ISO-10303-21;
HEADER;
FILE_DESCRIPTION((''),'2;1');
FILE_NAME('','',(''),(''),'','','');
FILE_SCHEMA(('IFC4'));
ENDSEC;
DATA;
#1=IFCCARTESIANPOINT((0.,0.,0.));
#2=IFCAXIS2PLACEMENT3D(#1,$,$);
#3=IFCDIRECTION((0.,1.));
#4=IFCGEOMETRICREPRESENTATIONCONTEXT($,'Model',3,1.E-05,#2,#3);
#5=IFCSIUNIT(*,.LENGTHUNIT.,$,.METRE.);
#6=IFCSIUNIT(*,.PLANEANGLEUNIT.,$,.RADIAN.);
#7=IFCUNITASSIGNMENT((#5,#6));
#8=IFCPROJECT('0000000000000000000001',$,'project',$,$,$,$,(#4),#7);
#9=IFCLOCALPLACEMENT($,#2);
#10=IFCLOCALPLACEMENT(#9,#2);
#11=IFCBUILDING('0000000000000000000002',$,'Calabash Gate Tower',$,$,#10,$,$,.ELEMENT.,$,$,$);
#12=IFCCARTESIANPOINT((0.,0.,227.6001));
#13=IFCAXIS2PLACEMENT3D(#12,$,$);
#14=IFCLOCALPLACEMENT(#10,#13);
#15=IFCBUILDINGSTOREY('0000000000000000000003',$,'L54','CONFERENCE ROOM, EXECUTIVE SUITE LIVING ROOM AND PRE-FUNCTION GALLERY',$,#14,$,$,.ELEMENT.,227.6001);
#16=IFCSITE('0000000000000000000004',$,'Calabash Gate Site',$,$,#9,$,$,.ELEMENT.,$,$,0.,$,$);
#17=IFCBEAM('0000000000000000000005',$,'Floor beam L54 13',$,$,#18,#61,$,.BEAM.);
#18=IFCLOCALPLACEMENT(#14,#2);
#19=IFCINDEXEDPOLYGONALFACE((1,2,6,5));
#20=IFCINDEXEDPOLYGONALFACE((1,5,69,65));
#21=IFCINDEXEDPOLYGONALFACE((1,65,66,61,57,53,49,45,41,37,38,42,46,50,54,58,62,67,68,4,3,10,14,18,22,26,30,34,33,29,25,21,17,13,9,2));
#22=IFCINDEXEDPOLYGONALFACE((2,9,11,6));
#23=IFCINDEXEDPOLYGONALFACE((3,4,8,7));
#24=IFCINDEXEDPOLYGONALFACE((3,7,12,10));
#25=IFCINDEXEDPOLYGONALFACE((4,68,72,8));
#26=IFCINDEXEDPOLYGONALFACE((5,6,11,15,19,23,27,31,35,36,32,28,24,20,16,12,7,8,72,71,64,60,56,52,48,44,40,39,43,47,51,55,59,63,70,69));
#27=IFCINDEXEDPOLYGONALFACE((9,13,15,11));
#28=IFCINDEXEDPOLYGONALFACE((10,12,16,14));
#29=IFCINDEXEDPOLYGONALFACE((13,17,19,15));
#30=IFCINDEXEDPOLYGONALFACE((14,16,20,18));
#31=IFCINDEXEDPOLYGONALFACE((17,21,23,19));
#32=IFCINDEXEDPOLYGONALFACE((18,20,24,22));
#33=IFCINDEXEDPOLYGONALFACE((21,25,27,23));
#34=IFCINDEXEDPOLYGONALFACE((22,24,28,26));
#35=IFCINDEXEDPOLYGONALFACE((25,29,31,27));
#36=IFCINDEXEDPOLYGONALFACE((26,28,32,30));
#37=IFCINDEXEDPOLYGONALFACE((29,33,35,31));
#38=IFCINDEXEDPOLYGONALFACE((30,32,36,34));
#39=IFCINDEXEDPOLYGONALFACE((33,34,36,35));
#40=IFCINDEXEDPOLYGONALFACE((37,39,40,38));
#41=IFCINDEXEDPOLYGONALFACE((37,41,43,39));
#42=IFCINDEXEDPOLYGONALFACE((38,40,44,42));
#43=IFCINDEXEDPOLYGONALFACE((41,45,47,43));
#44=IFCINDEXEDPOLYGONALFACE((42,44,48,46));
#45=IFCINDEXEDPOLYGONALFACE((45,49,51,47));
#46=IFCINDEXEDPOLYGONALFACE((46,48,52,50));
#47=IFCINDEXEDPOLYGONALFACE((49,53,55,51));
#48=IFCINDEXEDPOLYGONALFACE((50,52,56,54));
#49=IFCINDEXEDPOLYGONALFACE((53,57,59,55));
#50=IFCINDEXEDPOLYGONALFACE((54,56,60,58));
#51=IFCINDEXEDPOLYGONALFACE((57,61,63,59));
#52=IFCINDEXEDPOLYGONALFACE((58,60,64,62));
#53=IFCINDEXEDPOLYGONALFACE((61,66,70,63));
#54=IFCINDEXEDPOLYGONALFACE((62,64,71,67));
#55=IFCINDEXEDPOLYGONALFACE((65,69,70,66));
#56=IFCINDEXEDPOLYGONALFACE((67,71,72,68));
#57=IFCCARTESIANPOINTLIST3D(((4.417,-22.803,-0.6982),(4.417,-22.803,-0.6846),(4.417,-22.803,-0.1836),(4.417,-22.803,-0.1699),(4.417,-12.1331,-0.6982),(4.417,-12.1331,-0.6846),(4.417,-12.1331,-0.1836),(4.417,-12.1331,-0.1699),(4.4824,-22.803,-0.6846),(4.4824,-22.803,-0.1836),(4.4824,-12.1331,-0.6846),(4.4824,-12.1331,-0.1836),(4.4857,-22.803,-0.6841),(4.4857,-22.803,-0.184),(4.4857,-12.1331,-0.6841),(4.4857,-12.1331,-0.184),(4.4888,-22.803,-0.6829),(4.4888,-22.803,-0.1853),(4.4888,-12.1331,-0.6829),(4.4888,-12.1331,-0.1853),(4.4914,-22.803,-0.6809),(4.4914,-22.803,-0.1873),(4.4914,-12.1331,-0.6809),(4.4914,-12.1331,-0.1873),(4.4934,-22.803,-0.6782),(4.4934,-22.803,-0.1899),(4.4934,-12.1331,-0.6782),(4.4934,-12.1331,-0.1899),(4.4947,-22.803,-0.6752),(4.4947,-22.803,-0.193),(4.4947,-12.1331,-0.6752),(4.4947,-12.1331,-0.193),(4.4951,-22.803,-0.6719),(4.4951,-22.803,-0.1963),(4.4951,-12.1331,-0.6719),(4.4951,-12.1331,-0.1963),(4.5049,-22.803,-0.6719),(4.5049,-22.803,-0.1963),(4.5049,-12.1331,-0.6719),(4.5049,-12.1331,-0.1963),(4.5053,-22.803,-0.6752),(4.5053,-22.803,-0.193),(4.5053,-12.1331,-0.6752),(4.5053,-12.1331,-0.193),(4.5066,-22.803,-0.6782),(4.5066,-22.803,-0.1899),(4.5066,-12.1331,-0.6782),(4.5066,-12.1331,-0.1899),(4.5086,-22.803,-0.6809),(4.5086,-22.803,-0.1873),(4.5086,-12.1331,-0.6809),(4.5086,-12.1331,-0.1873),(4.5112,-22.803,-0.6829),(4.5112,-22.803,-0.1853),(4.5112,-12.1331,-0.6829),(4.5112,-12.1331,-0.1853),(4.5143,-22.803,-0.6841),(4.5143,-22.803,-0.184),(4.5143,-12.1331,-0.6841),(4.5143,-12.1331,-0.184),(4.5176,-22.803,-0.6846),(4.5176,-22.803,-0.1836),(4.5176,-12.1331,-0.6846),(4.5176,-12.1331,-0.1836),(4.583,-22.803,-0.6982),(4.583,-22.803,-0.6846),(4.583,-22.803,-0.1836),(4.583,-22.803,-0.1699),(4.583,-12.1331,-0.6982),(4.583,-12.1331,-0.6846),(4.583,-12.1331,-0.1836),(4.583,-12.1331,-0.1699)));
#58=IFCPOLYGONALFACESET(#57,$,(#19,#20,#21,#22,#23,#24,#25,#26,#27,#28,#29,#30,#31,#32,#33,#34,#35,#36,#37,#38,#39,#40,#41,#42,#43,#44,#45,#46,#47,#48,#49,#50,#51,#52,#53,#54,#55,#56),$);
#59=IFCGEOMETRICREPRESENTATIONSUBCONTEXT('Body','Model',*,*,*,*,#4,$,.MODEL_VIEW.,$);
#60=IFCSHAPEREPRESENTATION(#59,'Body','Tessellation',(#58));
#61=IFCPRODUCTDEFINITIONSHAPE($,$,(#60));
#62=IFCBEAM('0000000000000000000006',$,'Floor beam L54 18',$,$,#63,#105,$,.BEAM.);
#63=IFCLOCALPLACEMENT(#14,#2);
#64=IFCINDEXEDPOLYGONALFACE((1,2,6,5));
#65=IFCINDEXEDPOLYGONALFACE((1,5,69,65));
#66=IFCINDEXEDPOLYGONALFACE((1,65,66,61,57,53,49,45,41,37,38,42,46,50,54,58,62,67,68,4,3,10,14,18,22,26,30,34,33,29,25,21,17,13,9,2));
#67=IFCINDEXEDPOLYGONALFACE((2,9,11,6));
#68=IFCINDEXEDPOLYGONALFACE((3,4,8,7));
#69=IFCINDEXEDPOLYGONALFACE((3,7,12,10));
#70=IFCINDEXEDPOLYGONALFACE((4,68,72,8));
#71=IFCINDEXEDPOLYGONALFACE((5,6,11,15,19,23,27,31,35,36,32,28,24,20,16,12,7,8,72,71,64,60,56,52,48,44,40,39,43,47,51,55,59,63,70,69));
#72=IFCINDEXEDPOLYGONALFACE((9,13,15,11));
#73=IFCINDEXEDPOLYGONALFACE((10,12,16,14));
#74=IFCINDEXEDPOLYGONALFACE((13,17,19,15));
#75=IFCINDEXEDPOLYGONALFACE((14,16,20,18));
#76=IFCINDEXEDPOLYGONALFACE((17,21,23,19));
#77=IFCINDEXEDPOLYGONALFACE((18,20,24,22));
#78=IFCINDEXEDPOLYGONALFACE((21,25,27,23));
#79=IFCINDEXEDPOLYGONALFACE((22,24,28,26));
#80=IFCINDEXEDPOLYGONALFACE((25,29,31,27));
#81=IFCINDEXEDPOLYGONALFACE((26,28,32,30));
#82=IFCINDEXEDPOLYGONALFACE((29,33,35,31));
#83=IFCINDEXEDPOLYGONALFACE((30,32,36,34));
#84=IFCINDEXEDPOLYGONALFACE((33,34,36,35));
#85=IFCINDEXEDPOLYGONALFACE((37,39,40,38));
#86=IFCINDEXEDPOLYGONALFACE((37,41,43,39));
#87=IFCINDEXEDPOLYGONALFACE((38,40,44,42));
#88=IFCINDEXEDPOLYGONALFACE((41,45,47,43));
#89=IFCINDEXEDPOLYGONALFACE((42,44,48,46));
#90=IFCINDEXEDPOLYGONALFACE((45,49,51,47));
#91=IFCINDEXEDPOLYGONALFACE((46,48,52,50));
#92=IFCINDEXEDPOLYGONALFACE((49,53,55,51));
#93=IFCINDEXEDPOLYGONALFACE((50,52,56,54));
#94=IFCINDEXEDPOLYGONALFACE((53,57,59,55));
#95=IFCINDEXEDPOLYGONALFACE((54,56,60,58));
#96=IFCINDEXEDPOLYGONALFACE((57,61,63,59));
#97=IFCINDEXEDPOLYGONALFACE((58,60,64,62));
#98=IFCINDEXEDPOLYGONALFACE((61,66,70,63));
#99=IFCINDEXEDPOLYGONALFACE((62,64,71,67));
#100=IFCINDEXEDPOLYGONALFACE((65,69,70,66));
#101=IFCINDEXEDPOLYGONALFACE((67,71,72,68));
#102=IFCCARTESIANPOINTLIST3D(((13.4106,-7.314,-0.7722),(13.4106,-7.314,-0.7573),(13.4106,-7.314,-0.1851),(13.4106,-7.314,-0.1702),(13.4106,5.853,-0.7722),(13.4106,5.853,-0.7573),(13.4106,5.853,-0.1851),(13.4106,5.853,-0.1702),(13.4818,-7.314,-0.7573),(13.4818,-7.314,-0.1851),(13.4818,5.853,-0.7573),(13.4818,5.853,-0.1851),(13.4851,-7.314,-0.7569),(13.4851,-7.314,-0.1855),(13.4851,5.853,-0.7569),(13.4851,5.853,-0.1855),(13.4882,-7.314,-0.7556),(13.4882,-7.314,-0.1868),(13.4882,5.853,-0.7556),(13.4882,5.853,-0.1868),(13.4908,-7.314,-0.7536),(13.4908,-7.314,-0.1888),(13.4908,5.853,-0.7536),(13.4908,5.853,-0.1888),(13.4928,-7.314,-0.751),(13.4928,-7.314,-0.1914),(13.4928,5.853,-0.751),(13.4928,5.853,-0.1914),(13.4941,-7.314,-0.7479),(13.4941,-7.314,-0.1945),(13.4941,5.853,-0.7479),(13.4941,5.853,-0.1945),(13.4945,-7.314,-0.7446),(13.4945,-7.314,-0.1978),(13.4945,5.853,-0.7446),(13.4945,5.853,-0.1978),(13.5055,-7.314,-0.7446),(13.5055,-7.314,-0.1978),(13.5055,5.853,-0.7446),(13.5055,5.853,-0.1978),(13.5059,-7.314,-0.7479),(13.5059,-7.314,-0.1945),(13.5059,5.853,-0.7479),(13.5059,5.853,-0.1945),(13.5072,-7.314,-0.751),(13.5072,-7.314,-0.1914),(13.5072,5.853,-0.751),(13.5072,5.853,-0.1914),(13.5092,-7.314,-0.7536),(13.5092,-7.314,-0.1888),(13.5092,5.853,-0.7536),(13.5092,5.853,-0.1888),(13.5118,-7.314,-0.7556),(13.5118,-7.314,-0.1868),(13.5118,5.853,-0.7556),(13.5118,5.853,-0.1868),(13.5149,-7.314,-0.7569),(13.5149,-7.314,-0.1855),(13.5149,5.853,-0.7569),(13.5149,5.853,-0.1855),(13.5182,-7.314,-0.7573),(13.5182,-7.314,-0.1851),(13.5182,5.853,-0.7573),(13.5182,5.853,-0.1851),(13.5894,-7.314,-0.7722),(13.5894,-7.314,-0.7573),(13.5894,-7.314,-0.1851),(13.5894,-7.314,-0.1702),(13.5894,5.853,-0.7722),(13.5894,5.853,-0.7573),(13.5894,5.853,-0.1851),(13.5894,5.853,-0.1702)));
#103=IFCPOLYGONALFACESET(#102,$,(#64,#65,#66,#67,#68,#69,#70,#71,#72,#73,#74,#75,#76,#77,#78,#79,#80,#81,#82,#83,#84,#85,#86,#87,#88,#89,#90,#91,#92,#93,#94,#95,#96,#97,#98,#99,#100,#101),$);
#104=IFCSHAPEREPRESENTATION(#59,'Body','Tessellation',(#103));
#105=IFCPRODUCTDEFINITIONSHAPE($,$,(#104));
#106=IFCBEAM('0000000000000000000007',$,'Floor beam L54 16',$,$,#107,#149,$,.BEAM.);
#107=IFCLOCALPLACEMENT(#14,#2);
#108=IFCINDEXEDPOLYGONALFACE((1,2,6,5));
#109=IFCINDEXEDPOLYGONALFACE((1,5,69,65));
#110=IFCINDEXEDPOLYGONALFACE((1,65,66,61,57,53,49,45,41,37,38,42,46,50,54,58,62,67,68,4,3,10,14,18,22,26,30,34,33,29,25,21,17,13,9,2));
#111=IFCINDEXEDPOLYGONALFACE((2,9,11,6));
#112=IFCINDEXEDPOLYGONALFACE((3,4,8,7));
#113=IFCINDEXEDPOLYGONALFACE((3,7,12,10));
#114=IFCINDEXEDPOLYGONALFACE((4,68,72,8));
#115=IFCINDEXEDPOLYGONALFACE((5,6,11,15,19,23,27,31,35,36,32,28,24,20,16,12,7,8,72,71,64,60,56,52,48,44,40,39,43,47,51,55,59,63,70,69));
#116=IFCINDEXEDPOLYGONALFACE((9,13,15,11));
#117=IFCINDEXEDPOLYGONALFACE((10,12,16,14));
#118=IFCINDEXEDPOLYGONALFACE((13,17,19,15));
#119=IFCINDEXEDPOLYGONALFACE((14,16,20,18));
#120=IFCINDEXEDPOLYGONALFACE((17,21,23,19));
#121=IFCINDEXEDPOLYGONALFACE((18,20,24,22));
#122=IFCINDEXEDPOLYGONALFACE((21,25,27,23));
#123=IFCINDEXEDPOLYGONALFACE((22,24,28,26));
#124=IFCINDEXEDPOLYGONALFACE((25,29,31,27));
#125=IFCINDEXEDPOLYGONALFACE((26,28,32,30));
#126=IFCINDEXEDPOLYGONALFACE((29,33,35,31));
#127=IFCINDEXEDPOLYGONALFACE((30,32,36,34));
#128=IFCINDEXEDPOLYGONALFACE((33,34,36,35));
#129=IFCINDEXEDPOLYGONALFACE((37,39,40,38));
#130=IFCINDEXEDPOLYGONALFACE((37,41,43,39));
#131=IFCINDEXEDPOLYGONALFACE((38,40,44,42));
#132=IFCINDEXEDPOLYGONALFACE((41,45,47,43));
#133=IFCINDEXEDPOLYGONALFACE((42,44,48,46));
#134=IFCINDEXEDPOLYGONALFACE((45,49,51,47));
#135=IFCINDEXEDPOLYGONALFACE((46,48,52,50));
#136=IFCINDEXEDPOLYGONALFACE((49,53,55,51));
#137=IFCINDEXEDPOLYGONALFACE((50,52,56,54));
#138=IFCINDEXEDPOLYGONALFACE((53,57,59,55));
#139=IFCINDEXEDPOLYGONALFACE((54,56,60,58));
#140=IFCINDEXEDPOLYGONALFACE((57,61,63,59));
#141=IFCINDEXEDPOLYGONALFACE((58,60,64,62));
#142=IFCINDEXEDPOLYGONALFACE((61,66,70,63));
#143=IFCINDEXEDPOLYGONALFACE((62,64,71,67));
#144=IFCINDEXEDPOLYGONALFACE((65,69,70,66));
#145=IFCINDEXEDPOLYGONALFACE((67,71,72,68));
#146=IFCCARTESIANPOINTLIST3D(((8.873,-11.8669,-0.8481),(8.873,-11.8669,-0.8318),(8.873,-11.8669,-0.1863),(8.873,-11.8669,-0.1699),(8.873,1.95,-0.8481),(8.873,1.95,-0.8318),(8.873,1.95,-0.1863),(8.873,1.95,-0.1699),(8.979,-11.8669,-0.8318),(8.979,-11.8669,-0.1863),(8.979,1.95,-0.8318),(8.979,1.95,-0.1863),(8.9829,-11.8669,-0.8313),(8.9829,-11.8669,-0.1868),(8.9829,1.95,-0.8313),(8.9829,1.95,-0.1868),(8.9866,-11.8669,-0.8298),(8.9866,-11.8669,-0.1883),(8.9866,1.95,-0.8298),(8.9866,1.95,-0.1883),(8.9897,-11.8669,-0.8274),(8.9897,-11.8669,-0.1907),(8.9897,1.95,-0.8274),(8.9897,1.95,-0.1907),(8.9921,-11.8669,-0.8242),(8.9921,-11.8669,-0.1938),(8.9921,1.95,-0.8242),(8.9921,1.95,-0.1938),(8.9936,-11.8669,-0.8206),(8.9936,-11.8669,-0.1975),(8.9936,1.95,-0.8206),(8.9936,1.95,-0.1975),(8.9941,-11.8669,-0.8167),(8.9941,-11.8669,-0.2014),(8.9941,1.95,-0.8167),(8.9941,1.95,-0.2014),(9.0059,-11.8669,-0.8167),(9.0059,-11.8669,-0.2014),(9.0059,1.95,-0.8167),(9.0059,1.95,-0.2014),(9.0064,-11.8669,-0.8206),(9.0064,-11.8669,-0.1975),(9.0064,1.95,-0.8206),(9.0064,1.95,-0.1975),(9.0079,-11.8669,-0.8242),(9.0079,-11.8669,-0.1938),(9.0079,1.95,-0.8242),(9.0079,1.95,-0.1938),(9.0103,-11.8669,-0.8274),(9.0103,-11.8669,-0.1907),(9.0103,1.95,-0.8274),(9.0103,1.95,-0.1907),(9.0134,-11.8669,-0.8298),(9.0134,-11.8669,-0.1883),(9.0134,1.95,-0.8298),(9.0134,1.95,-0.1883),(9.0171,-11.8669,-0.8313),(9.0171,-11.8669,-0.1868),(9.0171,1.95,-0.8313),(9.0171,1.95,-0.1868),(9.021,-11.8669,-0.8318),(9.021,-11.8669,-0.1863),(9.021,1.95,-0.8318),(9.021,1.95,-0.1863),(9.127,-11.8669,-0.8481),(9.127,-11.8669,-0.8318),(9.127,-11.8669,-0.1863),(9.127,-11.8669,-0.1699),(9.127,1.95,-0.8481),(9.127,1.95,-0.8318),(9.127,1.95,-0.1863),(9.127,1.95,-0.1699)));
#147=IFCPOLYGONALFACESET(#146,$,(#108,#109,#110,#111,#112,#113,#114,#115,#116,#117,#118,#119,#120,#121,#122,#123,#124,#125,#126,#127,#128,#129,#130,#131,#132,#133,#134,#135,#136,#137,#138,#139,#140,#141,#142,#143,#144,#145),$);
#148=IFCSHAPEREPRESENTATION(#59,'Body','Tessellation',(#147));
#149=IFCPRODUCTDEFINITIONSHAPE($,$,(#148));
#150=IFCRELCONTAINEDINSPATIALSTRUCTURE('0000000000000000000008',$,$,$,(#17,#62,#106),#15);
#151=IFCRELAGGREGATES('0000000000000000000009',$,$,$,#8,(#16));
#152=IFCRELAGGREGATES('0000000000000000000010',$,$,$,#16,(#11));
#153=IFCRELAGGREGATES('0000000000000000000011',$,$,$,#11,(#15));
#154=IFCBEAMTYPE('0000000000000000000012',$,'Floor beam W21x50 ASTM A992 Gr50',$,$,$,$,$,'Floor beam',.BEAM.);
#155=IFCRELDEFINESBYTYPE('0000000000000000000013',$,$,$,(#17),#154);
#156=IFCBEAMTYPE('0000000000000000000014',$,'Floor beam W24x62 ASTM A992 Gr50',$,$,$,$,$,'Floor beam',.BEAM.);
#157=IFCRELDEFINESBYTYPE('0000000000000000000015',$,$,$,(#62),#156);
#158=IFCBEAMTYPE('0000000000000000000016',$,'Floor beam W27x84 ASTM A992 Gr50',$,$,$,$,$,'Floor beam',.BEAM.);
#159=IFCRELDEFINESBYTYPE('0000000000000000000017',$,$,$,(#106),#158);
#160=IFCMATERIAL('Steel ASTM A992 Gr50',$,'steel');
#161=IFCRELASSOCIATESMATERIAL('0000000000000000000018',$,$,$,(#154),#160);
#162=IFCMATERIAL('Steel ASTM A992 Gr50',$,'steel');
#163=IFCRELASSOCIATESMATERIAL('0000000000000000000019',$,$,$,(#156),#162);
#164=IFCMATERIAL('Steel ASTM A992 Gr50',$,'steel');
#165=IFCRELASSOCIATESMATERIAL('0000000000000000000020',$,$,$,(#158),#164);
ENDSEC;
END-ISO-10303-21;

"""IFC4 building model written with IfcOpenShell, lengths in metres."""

from ifc_helpers import new_model, si_unit, direction, frame, origin, origin_2d, place, context, subcontext, project, spatial, i_section, extrude, material, material_profile, profile_set, type_object, element, save


model = new_model("IFC4")

# Units and contexts
model_context = context("Model", 3, precision=1e-05, world=origin(), true_north=direction((0.0, 1.0)))
body_context = subcontext(model_context, "Body", "Model", "MODEL_VIEW")
ifc_project = project(units=[si_unit("LENGTHUNIT", "METRE"), si_unit("PLANEANGLEUNIT", "RADIAN")], contexts=[model_context])

# Site, building, storey
site_placement = place(None, origin())
site = spatial("IfcSite", under=ifc_project, at=site_placement, Name="Calabash Gate Site", CompositionType="ELEMENT", RefElevation=0.0)
building_placement = place(site_placement, origin())
building = spatial("IfcBuilding", under=site, at=building_placement, Name="Calabash Gate Tower", CompositionType="ELEMENT")
storey_placement = place(building_placement, frame((0.0, 0.0, 227.6001)))
storey = spatial("IfcBuildingStorey", under=building, at=storey_placement, Name="L54", Description="CONFERENCE ROOM, EXECUTIVE SUITE LIVING ROOM AND PRE-FUNCTION GALLERY", CompositionType="ELEMENT", Elevation=227.6001)

# Beams
ifc_material_1 = material(Name="Steel ASTM A992 Gr50", Category="steel")
ifc_material_profile_1 = material_profile(ifc_material_1, i_section(OverallWidth=0.166, OverallDepth=0.5283, WebThickness=0.0098, FlangeThickness=0.0137, FilletRadius=0.0127, at=origin_2d()))
ifc_profile_set_1 = profile_set([ifc_material_profile_1], Name="Steel ASTM A992 Gr50")
beam_type_1 = type_object("IfcBeamType", Name="Floor beam W21x50 ASTM A992 Gr50", ElementType="Floor beam", PredefinedType="BEAM", material=ifc_profile_set_1)
beam_1_placement = place(storey_placement, frame((4.5, -22.803, -0.4341), z_axis=(0.0, 1.0, 0.0), x_axis=(-1.0, 0.0, 0.0)))
element("IfcBeam", 1, at=beam_1_placement, inside=storey, type_object=beam_type_1, Name="Floor beam L54 13", PredefinedType="BEAM", context=body_context, shape_type="SweptSolid", body=[
    extrude(i_section(OverallWidth=0.166, OverallDepth=0.5283, WebThickness=0.0098, FlangeThickness=0.0137, FilletRadius=0.0127, at=origin_2d()), origin(), (0.0, 0.0, 1.0), 10.6699),
])
ifc_material_2 = material(Name="Steel ASTM A992 Gr50", Category="steel")
ifc_material_profile_2 = material_profile(ifc_material_2, i_section(OverallWidth=0.1787, OverallDepth=0.6021, WebThickness=0.011, FlangeThickness=0.0149, FilletRadius=0.0127, at=origin_2d()))
ifc_profile_set_2 = profile_set([ifc_material_profile_2], Name="Steel ASTM A992 Gr50")
beam_type_2 = type_object("IfcBeamType", Name="Floor beam W24x62 ASTM A992 Gr50", ElementType="Floor beam", PredefinedType="BEAM", material=ifc_profile_set_2)
beam_2_placement = place(storey_placement, frame((13.5, -7.314, -0.4712), z_axis=(0.0, 1.0, 0.0), x_axis=(-1.0, 0.0, 0.0)))
element("IfcBeam", 2, at=beam_2_placement, inside=storey, type_object=beam_type_2, Name="Floor beam L54 18", PredefinedType="BEAM", context=body_context, shape_type="SweptSolid", body=[
    extrude(i_section(OverallWidth=0.1787, OverallDepth=0.6021, WebThickness=0.011, FlangeThickness=0.0149, FilletRadius=0.0127, at=origin_2d()), origin(), (0.0, 0.0, 1.0), 13.167),
])
ifc_material_3 = material(Name="Steel ASTM A992 Gr50", Category="steel")
ifc_material_profile_3 = material_profile(ifc_material_3, i_section(OverallWidth=0.2539, OverallDepth=0.6782, WebThickness=0.0117, FlangeThickness=0.0164, FilletRadius=0.0151, at=origin_2d()))
ifc_profile_set_3 = profile_set([ifc_material_profile_3], Name="Steel ASTM A992 Gr50")
beam_type_3 = type_object("IfcBeamType", Name="Floor beam W27x84 ASTM A992 Gr50", ElementType="Floor beam", PredefinedType="BEAM", material=ifc_profile_set_3)
beam_3_placement = place(storey_placement, frame((9.0, -11.8669, -0.509), z_axis=(0.0, 1.0, 0.0), x_axis=(-1.0, 0.0, 0.0)))
element("IfcBeam", 3, at=beam_3_placement, inside=storey, type_object=beam_type_3, Name="Floor beam L54 16", PredefinedType="BEAM", context=body_context, shape_type="SweptSolid", body=[
    extrude(i_section(OverallWidth=0.2539, OverallDepth=0.6782, WebThickness=0.0117, FlangeThickness=0.0164, FilletRadius=0.0151, at=origin_2d()), origin(), (0.0, 0.0, 1.0), 13.8169),
])

save(model, "model.ifc")
